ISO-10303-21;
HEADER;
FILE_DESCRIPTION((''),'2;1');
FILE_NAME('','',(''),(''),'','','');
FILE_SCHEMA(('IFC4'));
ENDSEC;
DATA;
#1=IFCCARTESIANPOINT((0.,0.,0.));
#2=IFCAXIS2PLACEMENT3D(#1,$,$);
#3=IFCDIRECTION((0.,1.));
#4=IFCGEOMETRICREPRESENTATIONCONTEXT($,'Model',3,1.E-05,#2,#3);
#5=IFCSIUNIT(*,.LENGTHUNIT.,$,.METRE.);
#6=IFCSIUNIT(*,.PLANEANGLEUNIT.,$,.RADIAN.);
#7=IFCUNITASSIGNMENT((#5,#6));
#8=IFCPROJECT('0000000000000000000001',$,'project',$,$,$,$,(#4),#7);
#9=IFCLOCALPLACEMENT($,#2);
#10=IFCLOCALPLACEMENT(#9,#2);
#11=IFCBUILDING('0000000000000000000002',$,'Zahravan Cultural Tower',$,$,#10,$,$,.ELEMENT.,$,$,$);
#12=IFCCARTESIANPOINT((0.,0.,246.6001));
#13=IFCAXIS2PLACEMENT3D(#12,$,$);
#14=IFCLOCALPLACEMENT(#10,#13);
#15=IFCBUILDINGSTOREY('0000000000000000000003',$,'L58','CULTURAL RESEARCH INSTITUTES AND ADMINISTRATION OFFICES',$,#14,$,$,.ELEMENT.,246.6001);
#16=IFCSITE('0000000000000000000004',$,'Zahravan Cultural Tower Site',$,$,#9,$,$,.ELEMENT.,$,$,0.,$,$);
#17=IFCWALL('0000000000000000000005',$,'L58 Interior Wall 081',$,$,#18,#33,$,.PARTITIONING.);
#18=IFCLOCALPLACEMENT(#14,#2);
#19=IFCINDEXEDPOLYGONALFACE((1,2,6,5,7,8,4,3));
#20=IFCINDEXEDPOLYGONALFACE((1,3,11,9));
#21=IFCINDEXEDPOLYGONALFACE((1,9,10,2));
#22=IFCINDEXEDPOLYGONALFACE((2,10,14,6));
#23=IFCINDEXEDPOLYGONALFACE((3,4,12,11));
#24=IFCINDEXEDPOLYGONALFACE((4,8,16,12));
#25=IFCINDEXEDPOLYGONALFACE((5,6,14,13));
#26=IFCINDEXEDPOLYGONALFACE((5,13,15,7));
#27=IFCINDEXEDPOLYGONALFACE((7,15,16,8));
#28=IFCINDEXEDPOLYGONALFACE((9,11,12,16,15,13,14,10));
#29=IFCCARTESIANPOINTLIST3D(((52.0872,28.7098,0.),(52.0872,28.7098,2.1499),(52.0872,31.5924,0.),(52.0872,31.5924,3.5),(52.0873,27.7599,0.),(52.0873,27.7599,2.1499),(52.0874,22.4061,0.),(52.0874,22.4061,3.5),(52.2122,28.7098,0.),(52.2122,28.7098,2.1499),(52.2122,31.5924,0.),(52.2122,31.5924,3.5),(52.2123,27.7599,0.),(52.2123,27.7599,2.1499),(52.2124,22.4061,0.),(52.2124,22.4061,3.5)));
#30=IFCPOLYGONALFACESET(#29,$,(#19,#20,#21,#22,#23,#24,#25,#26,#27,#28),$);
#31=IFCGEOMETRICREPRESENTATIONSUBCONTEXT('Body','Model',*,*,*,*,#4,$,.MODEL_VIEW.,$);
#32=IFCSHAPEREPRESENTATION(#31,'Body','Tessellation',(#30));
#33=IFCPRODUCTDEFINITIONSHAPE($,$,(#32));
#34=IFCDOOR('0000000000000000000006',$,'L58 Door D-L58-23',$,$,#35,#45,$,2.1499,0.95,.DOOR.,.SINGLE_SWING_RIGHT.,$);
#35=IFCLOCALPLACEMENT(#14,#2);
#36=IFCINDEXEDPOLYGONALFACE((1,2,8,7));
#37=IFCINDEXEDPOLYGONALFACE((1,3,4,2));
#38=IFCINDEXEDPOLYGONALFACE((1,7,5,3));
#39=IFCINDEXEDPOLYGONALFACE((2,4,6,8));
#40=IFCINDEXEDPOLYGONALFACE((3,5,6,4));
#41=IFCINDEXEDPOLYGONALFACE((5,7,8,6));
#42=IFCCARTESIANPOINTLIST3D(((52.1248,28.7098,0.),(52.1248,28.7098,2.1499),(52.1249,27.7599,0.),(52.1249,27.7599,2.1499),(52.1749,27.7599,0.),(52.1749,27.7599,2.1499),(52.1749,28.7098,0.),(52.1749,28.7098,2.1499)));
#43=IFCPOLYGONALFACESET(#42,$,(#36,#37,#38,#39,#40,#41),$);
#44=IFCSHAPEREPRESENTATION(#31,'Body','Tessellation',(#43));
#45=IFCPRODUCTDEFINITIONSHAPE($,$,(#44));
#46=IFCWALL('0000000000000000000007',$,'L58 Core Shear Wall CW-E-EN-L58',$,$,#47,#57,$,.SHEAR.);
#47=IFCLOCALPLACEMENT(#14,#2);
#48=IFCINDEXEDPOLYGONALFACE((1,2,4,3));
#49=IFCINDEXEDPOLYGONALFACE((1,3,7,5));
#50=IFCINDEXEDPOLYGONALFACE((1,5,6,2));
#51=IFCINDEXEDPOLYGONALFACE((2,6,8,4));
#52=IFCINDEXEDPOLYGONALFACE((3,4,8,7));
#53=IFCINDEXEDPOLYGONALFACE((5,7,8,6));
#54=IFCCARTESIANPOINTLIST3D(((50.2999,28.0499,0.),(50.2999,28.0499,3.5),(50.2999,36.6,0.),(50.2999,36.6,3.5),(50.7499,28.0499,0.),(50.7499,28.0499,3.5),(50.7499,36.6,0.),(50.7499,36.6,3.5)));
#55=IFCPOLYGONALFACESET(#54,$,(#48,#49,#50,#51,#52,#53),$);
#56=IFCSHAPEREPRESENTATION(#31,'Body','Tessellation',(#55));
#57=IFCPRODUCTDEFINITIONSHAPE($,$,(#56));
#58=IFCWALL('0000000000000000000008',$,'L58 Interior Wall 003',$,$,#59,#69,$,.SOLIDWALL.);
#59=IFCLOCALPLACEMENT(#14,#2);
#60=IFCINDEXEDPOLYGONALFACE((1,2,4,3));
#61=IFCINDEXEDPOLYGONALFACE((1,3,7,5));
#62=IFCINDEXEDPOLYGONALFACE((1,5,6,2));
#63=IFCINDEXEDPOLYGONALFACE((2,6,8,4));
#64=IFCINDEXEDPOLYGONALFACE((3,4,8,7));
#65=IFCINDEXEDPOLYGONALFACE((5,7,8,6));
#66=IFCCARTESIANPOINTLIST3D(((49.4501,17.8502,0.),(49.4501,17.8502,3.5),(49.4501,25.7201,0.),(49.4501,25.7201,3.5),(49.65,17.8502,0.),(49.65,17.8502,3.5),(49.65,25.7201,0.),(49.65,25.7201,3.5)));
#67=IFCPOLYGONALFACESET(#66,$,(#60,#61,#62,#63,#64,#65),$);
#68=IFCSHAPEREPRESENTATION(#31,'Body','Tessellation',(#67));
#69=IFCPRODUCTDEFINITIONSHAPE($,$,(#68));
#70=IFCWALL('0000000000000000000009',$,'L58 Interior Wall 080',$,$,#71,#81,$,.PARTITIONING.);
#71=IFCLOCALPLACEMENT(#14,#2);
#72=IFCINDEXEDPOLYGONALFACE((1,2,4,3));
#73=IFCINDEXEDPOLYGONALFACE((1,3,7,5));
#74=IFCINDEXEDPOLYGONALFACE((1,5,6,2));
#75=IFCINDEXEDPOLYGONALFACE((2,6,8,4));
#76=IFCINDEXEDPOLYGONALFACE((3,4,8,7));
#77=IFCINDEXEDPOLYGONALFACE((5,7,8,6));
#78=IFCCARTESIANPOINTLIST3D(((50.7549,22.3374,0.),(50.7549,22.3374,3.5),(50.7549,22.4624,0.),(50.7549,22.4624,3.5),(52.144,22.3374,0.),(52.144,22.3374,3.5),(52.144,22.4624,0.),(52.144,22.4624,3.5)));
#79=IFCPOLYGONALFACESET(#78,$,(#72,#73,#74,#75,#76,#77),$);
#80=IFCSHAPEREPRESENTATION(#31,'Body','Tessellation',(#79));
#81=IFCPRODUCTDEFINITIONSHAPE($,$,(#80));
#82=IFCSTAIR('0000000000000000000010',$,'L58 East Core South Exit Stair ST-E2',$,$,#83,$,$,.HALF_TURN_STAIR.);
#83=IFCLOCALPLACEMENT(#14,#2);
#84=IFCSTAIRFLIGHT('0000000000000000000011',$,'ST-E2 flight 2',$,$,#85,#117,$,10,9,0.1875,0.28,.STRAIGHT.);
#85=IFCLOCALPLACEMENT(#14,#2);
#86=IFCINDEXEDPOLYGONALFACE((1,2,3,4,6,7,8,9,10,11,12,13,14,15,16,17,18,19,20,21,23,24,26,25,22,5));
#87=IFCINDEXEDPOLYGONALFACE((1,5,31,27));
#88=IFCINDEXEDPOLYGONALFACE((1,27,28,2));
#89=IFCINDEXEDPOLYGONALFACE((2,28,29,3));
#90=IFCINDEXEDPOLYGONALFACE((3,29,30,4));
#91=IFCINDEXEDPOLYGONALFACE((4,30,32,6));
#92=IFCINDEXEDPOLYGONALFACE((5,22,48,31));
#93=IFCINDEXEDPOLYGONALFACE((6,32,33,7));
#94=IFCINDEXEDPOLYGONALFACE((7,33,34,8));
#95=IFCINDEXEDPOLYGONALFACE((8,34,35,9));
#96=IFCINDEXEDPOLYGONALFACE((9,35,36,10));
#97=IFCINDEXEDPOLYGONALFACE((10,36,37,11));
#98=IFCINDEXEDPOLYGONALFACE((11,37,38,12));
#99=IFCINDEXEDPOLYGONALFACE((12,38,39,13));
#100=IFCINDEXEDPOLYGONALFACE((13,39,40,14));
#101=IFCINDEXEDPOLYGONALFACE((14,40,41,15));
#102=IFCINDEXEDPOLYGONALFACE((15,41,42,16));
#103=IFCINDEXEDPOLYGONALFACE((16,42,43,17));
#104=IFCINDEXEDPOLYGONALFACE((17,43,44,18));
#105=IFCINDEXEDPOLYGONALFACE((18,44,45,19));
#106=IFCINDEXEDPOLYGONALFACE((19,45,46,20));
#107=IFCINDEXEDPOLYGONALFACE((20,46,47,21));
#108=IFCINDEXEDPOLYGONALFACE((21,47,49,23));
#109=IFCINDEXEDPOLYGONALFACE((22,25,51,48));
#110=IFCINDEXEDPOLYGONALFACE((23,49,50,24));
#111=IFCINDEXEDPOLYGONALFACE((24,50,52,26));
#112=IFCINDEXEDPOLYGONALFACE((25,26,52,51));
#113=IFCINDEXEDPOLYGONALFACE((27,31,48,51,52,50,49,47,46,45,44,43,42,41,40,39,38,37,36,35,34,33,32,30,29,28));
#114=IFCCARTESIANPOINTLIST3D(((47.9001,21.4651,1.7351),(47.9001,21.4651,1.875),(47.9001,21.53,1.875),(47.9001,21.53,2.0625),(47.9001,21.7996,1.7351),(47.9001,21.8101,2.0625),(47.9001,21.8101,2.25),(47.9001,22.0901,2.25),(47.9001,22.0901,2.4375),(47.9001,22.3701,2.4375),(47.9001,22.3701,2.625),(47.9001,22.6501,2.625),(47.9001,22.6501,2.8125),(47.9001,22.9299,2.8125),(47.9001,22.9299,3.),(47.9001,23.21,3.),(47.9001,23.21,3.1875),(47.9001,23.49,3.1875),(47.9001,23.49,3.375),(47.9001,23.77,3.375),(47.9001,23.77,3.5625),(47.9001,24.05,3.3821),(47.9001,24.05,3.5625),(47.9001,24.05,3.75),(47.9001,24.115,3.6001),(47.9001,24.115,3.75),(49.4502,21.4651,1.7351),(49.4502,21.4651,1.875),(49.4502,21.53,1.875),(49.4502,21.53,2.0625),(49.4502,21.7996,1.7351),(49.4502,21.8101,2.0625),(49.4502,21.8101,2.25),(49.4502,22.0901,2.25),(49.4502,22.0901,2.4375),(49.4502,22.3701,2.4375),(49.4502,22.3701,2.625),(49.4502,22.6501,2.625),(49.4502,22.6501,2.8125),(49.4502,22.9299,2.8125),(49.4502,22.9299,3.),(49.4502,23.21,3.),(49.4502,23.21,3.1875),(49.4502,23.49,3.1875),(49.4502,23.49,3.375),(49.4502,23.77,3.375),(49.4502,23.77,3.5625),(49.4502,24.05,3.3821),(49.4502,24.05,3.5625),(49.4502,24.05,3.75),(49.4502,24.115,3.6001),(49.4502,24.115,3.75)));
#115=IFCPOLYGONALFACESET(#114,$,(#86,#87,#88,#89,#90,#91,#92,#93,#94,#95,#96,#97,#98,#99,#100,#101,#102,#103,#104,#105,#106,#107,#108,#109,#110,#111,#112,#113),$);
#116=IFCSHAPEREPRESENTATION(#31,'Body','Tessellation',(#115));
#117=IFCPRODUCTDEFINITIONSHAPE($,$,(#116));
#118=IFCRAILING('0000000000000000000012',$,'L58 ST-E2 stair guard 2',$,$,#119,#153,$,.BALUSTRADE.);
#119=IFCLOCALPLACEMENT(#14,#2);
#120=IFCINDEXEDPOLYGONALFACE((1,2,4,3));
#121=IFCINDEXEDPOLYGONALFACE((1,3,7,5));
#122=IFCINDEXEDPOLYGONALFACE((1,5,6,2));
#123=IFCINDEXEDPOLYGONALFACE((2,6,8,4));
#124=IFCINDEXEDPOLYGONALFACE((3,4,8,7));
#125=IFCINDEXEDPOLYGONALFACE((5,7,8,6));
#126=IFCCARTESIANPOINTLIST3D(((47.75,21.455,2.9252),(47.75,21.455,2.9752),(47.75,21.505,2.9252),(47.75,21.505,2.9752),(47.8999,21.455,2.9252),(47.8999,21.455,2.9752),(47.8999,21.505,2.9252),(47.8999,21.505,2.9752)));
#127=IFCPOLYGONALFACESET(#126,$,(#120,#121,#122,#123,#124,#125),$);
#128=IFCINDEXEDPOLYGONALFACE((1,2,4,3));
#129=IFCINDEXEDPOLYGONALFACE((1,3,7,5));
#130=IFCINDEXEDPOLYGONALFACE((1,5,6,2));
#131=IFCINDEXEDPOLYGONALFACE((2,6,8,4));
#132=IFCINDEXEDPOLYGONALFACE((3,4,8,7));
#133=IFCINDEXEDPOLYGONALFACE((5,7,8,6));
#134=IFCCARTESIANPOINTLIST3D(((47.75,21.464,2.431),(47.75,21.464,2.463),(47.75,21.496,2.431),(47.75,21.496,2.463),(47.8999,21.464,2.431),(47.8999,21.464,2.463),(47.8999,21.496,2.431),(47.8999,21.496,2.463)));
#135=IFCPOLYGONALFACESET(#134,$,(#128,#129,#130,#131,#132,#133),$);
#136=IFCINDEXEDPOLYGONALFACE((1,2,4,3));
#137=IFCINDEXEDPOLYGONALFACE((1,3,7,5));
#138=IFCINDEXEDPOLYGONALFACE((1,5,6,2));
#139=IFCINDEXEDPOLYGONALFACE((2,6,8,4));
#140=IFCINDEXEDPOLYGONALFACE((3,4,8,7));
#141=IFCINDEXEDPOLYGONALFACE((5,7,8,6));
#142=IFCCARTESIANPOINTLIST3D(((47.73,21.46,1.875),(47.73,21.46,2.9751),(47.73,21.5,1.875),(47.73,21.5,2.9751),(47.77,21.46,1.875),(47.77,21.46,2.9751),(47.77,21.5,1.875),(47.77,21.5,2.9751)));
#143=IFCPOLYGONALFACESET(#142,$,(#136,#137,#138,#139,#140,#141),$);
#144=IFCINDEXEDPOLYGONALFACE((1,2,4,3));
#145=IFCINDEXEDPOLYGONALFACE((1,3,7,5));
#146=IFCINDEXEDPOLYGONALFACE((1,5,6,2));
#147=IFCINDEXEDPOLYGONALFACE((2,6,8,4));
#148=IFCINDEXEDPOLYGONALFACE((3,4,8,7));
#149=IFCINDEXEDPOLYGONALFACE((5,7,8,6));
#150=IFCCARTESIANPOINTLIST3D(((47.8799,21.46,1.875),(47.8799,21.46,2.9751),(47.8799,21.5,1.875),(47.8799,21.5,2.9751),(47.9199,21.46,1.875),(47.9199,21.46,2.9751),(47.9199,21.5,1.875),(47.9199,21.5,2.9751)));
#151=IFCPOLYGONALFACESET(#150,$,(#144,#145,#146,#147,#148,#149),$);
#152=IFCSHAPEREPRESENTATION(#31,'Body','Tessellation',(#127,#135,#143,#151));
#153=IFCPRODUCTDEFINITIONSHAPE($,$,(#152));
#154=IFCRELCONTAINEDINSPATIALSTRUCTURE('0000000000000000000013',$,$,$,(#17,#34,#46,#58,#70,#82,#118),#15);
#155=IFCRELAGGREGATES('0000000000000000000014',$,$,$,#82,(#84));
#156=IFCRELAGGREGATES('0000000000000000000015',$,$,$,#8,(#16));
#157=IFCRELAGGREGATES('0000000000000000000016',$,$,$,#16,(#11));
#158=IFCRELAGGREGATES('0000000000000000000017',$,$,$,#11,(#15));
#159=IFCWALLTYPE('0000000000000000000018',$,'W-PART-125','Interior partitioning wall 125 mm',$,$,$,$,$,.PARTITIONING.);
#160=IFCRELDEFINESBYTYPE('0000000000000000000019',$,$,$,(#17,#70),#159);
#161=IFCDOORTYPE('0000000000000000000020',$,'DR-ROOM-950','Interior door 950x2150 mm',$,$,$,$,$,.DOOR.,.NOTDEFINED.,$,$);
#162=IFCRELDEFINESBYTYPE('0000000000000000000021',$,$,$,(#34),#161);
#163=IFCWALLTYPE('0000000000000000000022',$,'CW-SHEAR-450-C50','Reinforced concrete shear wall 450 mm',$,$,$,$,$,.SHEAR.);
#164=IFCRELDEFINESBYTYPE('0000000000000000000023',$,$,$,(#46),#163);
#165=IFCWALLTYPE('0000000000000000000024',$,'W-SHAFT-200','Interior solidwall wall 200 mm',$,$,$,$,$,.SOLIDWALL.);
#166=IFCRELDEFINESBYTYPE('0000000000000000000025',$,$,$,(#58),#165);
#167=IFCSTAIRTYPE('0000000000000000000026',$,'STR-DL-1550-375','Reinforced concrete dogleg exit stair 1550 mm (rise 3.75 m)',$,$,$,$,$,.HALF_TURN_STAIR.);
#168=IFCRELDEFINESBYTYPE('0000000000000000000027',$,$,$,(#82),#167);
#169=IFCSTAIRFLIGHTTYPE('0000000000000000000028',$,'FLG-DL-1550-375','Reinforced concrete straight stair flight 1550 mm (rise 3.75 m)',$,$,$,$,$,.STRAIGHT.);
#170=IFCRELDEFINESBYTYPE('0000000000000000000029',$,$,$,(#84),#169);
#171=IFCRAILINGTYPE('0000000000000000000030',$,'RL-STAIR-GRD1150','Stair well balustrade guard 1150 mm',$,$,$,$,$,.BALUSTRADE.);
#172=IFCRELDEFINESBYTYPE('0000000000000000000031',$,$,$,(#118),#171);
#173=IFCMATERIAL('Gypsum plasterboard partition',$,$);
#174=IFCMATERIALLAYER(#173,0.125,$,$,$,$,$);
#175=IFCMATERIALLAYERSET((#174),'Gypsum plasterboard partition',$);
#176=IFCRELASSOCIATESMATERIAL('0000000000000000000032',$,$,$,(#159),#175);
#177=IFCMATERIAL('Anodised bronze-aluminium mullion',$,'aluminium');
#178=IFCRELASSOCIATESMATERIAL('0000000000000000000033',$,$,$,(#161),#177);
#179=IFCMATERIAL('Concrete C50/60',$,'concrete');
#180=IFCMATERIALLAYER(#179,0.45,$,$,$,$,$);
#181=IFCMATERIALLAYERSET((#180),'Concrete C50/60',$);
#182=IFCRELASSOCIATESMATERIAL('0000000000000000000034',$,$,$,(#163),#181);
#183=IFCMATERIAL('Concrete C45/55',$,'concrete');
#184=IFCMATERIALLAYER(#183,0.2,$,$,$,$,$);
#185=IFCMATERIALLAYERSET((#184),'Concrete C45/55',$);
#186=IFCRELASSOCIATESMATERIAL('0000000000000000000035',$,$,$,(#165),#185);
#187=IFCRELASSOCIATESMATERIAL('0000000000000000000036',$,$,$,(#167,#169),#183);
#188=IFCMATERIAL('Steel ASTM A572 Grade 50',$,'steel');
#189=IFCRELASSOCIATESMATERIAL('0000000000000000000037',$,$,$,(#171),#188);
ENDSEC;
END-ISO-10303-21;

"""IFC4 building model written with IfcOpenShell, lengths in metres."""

from ifc_helpers import new_model, si_unit, direction, frame, frame_2d, origin, origin_2d, place, context, subcontext, project, spatial, polyline, rectangle, outline, extrude, source, transform, mapped, material, layer, layer_set, type_object, element, fill, aggregate, save


model = new_model("IFC4")

# Units and contexts
model_context = context("Model", 3, precision=1e-05, world=origin(), true_north=direction((0.0, 1.0)))
body_context = subcontext(model_context, "Body", "Model", "MODEL_VIEW")
ifc_project = project(units=[si_unit("LENGTHUNIT", "METRE"), si_unit("PLANEANGLEUNIT", "RADIAN")], contexts=[model_context])

# Site, building, storey
site_placement = place(None, origin())
site = spatial("IfcSite", under=ifc_project, at=site_placement, Name="Zahravan Cultural Tower Site", CompositionType="ELEMENT", RefElevation=0.0)
building_placement = place(site_placement, origin())
building = spatial("IfcBuilding", under=site, at=building_placement, Name="Zahravan Cultural Tower", CompositionType="ELEMENT")
storey_placement = place(building_placement, frame((0.0, 0.0, 246.6001)))
storey = spatial("IfcBuildingStorey", under=building, at=storey_placement, Name="L58", Description="CULTURAL RESEARCH INSTITUTES AND ADMINISTRATION OFFICES", CompositionType="ELEMENT", Elevation=246.6001)

# Shared definitions
ifc_material_1 = material(Name="Concrete C50/60", Category="concrete")

# Wall, opening, door
ifc_material_2 = material(Name="Gypsum plasterboard partition")
ifc_layer_1 = layer(ifc_material_2, 0.125)
ifc_layer_set_1 = layer_set([ifc_layer_1], Name="Gypsum plasterboard partition")
wall_type_1 = type_object("IfcWallType", Name="W-PART-125", Description="Interior partitioning wall 125 mm", PredefinedType="PARTITIONING", material=ifc_layer_set_1)
wall_1_placement = place(storey_placement, frame((52.1499, 22.406, 0.0), z_axis=(0.0, 0.0, 1.0), x_axis=(-0.000027, 1.0, 0.0)))
wall_1 = element("IfcWall", 1, at=wall_1_placement, inside=storey, type_object=wall_type_1, Name="L58 Interior Wall 081", PredefinedType="PARTITIONING", context=body_context, shape_type="SweptSolid", body=[
    extrude(rectangle(XDim=9.1863, YDim=0.125, at=frame_2d((4.5933, 0.0))), origin(), (0.0, 0.0, 1.0), 3.5),
])
opening_1_placement = place(wall_1_placement, frame((5.3538, 0.0, 0.0)))
opening_1 = element("IfcOpeningElement", 2, at=opening_1_placement, cuts=wall_1, PredefinedType="OPENING", context=body_context, shape_type="SweptSolid", body=[
    extrude(rectangle(XDim=0.95, YDim=2.1499, at=frame_2d((0.4751, 1.075))), frame((0.0, 0.0725, 0.0), z_axis=(0.0, -1.0, 0.0), x_axis=(1.0, 0.0, 0.0)), (0.0, 0.0, 1.0), 0.145),
])
ifc_material_3 = material(Name="Anodised bronze-aluminium mullion", Category="aluminium")
door_type = type_object("IfcDoorType", Name="DR-ROOM-950", Description="Interior door 950x2150 mm", OperationType="NOTDEFINED", PredefinedType="DOOR", material=ifc_material_3)
shared_shape_1 = source(origin(), body_context, "Body", "SweptSolid", [
    extrude(rectangle(XDim=0.95, YDim=2.1499, at=frame_2d((0.4751, 1.075))), frame((0.0, 0.0249, 0.0), z_axis=(0.0, -1.0, 0.0), x_axis=(1.0, 0.0, 0.0)), (0.0, 0.0, 1.0), 0.05),
])
door_1_placement = place(opening_1_placement, origin())
door_1 = element("IfcDoor", 3, at=door_1_placement, inside=storey, type_object=door_type, Name="L58 Door D-L58-23", OperationType="SINGLE_SWING_RIGHT", OverallHeight=2.1499, OverallWidth=0.95, PredefinedType="DOOR", context=body_context, shape_type="MappedRepresentation", body=[
    mapped(shared_shape_1, transform((0.0, 0.0, 0.0), x_axis=(1.0, 0.0, 0.0), y_axis=(0.0, 1.0, 0.0), z_axis=(0.0, 0.0, 1.0), scale=1.0)),
])
fill(opening_1, door_1)

# Walls
ifc_layer_2 = layer(ifc_material_1, 0.45)
ifc_layer_set_2 = layer_set([ifc_layer_2], Name="Concrete C50/60")
wall_type_2 = type_object("IfcWallType", Name="CW-SHEAR-450-C50", Description="Reinforced concrete shear wall 450 mm", PredefinedType="SHEAR", material=ifc_layer_set_2)
shared_shape_2 = source(origin(), body_context, "Body", "SweptSolid", [
    extrude(rectangle(XDim=8.55, YDim=0.45, at=frame_2d((4.2749, 0.0))), origin(), (0.0, 0.0, 1.0), 3.5),
])
wall_2_placement = place(storey_placement, frame((50.5249, 28.05, 0.0), z_axis=(0.0, 0.0, 1.0), x_axis=(0.0, 1.0, 0.0)))
element("IfcWall", 4, at=wall_2_placement, inside=storey, type_object=wall_type_2, Name="L58 Core Shear Wall CW-E-EN-L58", PredefinedType="SHEAR", context=body_context, shape_type="MappedRepresentation", body=[
    mapped(shared_shape_2, transform((0.0, 0.0, 0.0), x_axis=(1.0, 0.0, 0.0), y_axis=(0.0, 1.0, 0.0), z_axis=(0.0, 0.0, 1.0), scale=1.0)),
])
ifc_material_4 = material(Name="Concrete C45/55", Category="concrete")
ifc_layer_3 = layer(ifc_material_4, 0.2)
ifc_layer_set_3 = layer_set([ifc_layer_3], Name="Concrete C45/55")
wall_type_3 = type_object("IfcWallType", Name="W-SHAFT-200", Description="Interior solidwall wall 200 mm", PredefinedType="SOLIDWALL", material=ifc_layer_set_3)
shared_shape_3 = source(origin(), body_context, "Body", "SweptSolid", [
    extrude(rectangle(XDim=7.8699, YDim=0.2, at=frame_2d((3.9351, 0.0))), origin(), (0.0, 0.0, 1.0), 3.5),
])
wall_3_placement = place(storey_placement, frame((49.55, 17.8501, 0.0), z_axis=(0.0, 0.0, 1.0), x_axis=(0.0, 1.0, 0.0)))
element("IfcWall", 5, at=wall_3_placement, inside=storey, type_object=wall_type_3, Name="L58 Interior Wall 003", PredefinedType="SOLIDWALL", context=body_context, shape_type="MappedRepresentation", body=[
    mapped(shared_shape_3, transform((0.0, 0.0, 0.0), x_axis=(1.0, 0.0, 0.0), y_axis=(0.0, 1.0, 0.0), z_axis=(0.0, 0.0, 1.0), scale=1.0)),
])
shared_shape_4 = source(origin(), body_context, "Body", "SweptSolid", [
    extrude(rectangle(XDim=1.3892, YDim=0.125, at=frame_2d((0.6946, 0.0))), origin(), (0.0, 0.0, 1.0), 3.5),
])
wall_4_placement = place(storey_placement, frame((50.7549, 22.3999, 0.0), z_axis=(0.0, 0.0, 1.0), x_axis=(1.0, 0.0, 0.0)))
element("IfcWall", 6, at=wall_4_placement, inside=storey, type_object=wall_type_1, Name="L58 Interior Wall 080", PredefinedType="PARTITIONING", context=body_context, shape_type="MappedRepresentation", body=[
    mapped(shared_shape_4, transform((0.0, 0.0, 0.0), x_axis=(1.0, 0.0, 0.0), y_axis=(0.0, 1.0, 0.0), z_axis=(0.0, 0.0, 1.0), scale=1.0)),
])

# Stair, stair flight
stair_type = type_object("IfcStairType", Name="STR-DL-1550-375", Description="Reinforced concrete dogleg exit stair 1550 mm (rise 3.75 m)", PredefinedType="HALF_TURN_STAIR", material=ifc_material_4)
stair_placement = place(storey_placement, origin())
stair = element("IfcStair", 7, at=stair_placement, inside=storey, type_object=stair_type, Name="L58 East Core South Exit Stair ST-E2", PredefinedType="HALF_TURN_STAIR")
stair_flight_type = type_object("IfcStairFlightType", Name="FLG-DL-1550-375", Description="Reinforced concrete straight stair flight 1550 mm (rise 3.75 m)", PredefinedType="STRAIGHT", material=ifc_material_4)
stair_flight_placement = place(storey_placement, frame((48.675, 21.53, 1.875), z_axis=(0.0, 0.0, 1.0), x_axis=(0.0, 1.0, 0.0)))
stair_flight = element("IfcStairFlight", 8, at=stair_flight_placement, type_object=stair_flight_type, Name="ST-E2 flight 2", NumberOfRisers=10, NumberOfTreads=9, PredefinedType="STRAIGHT", RiserHeight=0.1875, TreadLength=0.28, context=body_context, shape_type="SweptSolid", body=[
    extrude(outline(polyline([(-0.0649, -0.1399), (-0.0649, 0.0), (0.0, 0.0), (0.0, 0.1875), (0.28, 0.1875), (0.28, 0.375), (0.5601, 0.375), (0.5601, 0.5625), (0.8401, 0.5625), (0.8401, 0.75), (1.1201, 0.75), (1.1201, 0.9375), (1.3999, 0.9375), (1.3999, 1.125), (1.6799, 1.125), (1.6799, 1.3125), (1.96, 1.3125), (1.96, 1.5), (2.24, 1.5), (2.24, 1.6875), (2.52, 1.6875), (2.52, 1.875), (2.585, 1.875), (2.585, 1.7251), (2.52, 1.5071), (0.2695, -0.1399), (-0.0649, -0.1399)])), frame((0.0, 0.7749, 0.0), z_axis=(0.0, -1.0, 0.0), x_axis=(1.0, 0.0, 0.0)), (0.0, 0.0, 1.0), 1.55),
])
aggregate(stair, [stair_flight])

# Railing
ifc_material_5 = material(Name="Steel ASTM A572 Grade 50", Category="steel")
railing_type_1 = type_object("IfcRailingType", Name="RL-STAIR-GRD1150", Description="Stair well balustrade guard 1150 mm", PredefinedType="BALUSTRADE", material=ifc_material_5)
railing_1_placement = place(storey_placement, frame((47.75, 21.48, 1.875)))
element("IfcRailing", 9, at=railing_1_placement, inside=storey, type_object=railing_type_1, Name="L58 ST-E2 stair guard 2", PredefinedType="BALUSTRADE", context=body_context, shape_type="SweptSolid", body=[
    extrude(rectangle(XDim=0.05, YDim=0.05, at=origin_2d()), frame((0.0, 0.0, 1.0752), z_axis=(1.0, 0.0, 0.0), x_axis=(0.0, 1.0, 0.0)), (0.0, 0.0, 1.0), 0.1499),
    extrude(rectangle(XDim=0.032, YDim=0.032, at=origin_2d()), frame((0.0, 0.0, 0.572), z_axis=(1.0, 0.0, 0.0), x_axis=(0.0, 1.0, 0.0)), (0.0, 0.0, 1.0), 0.1499),
    extrude(rectangle(XDim=0.04, YDim=0.04, at=origin_2d()), origin(), (0.0, 0.0, 1.0), 1.1001),
    extrude(rectangle(XDim=0.04, YDim=0.04, at=origin_2d()), frame((0.1499, 0.0, 0.0)), (0.0, 0.0, 1.0), 1.1001),
])

save(model, "model.ifc")
